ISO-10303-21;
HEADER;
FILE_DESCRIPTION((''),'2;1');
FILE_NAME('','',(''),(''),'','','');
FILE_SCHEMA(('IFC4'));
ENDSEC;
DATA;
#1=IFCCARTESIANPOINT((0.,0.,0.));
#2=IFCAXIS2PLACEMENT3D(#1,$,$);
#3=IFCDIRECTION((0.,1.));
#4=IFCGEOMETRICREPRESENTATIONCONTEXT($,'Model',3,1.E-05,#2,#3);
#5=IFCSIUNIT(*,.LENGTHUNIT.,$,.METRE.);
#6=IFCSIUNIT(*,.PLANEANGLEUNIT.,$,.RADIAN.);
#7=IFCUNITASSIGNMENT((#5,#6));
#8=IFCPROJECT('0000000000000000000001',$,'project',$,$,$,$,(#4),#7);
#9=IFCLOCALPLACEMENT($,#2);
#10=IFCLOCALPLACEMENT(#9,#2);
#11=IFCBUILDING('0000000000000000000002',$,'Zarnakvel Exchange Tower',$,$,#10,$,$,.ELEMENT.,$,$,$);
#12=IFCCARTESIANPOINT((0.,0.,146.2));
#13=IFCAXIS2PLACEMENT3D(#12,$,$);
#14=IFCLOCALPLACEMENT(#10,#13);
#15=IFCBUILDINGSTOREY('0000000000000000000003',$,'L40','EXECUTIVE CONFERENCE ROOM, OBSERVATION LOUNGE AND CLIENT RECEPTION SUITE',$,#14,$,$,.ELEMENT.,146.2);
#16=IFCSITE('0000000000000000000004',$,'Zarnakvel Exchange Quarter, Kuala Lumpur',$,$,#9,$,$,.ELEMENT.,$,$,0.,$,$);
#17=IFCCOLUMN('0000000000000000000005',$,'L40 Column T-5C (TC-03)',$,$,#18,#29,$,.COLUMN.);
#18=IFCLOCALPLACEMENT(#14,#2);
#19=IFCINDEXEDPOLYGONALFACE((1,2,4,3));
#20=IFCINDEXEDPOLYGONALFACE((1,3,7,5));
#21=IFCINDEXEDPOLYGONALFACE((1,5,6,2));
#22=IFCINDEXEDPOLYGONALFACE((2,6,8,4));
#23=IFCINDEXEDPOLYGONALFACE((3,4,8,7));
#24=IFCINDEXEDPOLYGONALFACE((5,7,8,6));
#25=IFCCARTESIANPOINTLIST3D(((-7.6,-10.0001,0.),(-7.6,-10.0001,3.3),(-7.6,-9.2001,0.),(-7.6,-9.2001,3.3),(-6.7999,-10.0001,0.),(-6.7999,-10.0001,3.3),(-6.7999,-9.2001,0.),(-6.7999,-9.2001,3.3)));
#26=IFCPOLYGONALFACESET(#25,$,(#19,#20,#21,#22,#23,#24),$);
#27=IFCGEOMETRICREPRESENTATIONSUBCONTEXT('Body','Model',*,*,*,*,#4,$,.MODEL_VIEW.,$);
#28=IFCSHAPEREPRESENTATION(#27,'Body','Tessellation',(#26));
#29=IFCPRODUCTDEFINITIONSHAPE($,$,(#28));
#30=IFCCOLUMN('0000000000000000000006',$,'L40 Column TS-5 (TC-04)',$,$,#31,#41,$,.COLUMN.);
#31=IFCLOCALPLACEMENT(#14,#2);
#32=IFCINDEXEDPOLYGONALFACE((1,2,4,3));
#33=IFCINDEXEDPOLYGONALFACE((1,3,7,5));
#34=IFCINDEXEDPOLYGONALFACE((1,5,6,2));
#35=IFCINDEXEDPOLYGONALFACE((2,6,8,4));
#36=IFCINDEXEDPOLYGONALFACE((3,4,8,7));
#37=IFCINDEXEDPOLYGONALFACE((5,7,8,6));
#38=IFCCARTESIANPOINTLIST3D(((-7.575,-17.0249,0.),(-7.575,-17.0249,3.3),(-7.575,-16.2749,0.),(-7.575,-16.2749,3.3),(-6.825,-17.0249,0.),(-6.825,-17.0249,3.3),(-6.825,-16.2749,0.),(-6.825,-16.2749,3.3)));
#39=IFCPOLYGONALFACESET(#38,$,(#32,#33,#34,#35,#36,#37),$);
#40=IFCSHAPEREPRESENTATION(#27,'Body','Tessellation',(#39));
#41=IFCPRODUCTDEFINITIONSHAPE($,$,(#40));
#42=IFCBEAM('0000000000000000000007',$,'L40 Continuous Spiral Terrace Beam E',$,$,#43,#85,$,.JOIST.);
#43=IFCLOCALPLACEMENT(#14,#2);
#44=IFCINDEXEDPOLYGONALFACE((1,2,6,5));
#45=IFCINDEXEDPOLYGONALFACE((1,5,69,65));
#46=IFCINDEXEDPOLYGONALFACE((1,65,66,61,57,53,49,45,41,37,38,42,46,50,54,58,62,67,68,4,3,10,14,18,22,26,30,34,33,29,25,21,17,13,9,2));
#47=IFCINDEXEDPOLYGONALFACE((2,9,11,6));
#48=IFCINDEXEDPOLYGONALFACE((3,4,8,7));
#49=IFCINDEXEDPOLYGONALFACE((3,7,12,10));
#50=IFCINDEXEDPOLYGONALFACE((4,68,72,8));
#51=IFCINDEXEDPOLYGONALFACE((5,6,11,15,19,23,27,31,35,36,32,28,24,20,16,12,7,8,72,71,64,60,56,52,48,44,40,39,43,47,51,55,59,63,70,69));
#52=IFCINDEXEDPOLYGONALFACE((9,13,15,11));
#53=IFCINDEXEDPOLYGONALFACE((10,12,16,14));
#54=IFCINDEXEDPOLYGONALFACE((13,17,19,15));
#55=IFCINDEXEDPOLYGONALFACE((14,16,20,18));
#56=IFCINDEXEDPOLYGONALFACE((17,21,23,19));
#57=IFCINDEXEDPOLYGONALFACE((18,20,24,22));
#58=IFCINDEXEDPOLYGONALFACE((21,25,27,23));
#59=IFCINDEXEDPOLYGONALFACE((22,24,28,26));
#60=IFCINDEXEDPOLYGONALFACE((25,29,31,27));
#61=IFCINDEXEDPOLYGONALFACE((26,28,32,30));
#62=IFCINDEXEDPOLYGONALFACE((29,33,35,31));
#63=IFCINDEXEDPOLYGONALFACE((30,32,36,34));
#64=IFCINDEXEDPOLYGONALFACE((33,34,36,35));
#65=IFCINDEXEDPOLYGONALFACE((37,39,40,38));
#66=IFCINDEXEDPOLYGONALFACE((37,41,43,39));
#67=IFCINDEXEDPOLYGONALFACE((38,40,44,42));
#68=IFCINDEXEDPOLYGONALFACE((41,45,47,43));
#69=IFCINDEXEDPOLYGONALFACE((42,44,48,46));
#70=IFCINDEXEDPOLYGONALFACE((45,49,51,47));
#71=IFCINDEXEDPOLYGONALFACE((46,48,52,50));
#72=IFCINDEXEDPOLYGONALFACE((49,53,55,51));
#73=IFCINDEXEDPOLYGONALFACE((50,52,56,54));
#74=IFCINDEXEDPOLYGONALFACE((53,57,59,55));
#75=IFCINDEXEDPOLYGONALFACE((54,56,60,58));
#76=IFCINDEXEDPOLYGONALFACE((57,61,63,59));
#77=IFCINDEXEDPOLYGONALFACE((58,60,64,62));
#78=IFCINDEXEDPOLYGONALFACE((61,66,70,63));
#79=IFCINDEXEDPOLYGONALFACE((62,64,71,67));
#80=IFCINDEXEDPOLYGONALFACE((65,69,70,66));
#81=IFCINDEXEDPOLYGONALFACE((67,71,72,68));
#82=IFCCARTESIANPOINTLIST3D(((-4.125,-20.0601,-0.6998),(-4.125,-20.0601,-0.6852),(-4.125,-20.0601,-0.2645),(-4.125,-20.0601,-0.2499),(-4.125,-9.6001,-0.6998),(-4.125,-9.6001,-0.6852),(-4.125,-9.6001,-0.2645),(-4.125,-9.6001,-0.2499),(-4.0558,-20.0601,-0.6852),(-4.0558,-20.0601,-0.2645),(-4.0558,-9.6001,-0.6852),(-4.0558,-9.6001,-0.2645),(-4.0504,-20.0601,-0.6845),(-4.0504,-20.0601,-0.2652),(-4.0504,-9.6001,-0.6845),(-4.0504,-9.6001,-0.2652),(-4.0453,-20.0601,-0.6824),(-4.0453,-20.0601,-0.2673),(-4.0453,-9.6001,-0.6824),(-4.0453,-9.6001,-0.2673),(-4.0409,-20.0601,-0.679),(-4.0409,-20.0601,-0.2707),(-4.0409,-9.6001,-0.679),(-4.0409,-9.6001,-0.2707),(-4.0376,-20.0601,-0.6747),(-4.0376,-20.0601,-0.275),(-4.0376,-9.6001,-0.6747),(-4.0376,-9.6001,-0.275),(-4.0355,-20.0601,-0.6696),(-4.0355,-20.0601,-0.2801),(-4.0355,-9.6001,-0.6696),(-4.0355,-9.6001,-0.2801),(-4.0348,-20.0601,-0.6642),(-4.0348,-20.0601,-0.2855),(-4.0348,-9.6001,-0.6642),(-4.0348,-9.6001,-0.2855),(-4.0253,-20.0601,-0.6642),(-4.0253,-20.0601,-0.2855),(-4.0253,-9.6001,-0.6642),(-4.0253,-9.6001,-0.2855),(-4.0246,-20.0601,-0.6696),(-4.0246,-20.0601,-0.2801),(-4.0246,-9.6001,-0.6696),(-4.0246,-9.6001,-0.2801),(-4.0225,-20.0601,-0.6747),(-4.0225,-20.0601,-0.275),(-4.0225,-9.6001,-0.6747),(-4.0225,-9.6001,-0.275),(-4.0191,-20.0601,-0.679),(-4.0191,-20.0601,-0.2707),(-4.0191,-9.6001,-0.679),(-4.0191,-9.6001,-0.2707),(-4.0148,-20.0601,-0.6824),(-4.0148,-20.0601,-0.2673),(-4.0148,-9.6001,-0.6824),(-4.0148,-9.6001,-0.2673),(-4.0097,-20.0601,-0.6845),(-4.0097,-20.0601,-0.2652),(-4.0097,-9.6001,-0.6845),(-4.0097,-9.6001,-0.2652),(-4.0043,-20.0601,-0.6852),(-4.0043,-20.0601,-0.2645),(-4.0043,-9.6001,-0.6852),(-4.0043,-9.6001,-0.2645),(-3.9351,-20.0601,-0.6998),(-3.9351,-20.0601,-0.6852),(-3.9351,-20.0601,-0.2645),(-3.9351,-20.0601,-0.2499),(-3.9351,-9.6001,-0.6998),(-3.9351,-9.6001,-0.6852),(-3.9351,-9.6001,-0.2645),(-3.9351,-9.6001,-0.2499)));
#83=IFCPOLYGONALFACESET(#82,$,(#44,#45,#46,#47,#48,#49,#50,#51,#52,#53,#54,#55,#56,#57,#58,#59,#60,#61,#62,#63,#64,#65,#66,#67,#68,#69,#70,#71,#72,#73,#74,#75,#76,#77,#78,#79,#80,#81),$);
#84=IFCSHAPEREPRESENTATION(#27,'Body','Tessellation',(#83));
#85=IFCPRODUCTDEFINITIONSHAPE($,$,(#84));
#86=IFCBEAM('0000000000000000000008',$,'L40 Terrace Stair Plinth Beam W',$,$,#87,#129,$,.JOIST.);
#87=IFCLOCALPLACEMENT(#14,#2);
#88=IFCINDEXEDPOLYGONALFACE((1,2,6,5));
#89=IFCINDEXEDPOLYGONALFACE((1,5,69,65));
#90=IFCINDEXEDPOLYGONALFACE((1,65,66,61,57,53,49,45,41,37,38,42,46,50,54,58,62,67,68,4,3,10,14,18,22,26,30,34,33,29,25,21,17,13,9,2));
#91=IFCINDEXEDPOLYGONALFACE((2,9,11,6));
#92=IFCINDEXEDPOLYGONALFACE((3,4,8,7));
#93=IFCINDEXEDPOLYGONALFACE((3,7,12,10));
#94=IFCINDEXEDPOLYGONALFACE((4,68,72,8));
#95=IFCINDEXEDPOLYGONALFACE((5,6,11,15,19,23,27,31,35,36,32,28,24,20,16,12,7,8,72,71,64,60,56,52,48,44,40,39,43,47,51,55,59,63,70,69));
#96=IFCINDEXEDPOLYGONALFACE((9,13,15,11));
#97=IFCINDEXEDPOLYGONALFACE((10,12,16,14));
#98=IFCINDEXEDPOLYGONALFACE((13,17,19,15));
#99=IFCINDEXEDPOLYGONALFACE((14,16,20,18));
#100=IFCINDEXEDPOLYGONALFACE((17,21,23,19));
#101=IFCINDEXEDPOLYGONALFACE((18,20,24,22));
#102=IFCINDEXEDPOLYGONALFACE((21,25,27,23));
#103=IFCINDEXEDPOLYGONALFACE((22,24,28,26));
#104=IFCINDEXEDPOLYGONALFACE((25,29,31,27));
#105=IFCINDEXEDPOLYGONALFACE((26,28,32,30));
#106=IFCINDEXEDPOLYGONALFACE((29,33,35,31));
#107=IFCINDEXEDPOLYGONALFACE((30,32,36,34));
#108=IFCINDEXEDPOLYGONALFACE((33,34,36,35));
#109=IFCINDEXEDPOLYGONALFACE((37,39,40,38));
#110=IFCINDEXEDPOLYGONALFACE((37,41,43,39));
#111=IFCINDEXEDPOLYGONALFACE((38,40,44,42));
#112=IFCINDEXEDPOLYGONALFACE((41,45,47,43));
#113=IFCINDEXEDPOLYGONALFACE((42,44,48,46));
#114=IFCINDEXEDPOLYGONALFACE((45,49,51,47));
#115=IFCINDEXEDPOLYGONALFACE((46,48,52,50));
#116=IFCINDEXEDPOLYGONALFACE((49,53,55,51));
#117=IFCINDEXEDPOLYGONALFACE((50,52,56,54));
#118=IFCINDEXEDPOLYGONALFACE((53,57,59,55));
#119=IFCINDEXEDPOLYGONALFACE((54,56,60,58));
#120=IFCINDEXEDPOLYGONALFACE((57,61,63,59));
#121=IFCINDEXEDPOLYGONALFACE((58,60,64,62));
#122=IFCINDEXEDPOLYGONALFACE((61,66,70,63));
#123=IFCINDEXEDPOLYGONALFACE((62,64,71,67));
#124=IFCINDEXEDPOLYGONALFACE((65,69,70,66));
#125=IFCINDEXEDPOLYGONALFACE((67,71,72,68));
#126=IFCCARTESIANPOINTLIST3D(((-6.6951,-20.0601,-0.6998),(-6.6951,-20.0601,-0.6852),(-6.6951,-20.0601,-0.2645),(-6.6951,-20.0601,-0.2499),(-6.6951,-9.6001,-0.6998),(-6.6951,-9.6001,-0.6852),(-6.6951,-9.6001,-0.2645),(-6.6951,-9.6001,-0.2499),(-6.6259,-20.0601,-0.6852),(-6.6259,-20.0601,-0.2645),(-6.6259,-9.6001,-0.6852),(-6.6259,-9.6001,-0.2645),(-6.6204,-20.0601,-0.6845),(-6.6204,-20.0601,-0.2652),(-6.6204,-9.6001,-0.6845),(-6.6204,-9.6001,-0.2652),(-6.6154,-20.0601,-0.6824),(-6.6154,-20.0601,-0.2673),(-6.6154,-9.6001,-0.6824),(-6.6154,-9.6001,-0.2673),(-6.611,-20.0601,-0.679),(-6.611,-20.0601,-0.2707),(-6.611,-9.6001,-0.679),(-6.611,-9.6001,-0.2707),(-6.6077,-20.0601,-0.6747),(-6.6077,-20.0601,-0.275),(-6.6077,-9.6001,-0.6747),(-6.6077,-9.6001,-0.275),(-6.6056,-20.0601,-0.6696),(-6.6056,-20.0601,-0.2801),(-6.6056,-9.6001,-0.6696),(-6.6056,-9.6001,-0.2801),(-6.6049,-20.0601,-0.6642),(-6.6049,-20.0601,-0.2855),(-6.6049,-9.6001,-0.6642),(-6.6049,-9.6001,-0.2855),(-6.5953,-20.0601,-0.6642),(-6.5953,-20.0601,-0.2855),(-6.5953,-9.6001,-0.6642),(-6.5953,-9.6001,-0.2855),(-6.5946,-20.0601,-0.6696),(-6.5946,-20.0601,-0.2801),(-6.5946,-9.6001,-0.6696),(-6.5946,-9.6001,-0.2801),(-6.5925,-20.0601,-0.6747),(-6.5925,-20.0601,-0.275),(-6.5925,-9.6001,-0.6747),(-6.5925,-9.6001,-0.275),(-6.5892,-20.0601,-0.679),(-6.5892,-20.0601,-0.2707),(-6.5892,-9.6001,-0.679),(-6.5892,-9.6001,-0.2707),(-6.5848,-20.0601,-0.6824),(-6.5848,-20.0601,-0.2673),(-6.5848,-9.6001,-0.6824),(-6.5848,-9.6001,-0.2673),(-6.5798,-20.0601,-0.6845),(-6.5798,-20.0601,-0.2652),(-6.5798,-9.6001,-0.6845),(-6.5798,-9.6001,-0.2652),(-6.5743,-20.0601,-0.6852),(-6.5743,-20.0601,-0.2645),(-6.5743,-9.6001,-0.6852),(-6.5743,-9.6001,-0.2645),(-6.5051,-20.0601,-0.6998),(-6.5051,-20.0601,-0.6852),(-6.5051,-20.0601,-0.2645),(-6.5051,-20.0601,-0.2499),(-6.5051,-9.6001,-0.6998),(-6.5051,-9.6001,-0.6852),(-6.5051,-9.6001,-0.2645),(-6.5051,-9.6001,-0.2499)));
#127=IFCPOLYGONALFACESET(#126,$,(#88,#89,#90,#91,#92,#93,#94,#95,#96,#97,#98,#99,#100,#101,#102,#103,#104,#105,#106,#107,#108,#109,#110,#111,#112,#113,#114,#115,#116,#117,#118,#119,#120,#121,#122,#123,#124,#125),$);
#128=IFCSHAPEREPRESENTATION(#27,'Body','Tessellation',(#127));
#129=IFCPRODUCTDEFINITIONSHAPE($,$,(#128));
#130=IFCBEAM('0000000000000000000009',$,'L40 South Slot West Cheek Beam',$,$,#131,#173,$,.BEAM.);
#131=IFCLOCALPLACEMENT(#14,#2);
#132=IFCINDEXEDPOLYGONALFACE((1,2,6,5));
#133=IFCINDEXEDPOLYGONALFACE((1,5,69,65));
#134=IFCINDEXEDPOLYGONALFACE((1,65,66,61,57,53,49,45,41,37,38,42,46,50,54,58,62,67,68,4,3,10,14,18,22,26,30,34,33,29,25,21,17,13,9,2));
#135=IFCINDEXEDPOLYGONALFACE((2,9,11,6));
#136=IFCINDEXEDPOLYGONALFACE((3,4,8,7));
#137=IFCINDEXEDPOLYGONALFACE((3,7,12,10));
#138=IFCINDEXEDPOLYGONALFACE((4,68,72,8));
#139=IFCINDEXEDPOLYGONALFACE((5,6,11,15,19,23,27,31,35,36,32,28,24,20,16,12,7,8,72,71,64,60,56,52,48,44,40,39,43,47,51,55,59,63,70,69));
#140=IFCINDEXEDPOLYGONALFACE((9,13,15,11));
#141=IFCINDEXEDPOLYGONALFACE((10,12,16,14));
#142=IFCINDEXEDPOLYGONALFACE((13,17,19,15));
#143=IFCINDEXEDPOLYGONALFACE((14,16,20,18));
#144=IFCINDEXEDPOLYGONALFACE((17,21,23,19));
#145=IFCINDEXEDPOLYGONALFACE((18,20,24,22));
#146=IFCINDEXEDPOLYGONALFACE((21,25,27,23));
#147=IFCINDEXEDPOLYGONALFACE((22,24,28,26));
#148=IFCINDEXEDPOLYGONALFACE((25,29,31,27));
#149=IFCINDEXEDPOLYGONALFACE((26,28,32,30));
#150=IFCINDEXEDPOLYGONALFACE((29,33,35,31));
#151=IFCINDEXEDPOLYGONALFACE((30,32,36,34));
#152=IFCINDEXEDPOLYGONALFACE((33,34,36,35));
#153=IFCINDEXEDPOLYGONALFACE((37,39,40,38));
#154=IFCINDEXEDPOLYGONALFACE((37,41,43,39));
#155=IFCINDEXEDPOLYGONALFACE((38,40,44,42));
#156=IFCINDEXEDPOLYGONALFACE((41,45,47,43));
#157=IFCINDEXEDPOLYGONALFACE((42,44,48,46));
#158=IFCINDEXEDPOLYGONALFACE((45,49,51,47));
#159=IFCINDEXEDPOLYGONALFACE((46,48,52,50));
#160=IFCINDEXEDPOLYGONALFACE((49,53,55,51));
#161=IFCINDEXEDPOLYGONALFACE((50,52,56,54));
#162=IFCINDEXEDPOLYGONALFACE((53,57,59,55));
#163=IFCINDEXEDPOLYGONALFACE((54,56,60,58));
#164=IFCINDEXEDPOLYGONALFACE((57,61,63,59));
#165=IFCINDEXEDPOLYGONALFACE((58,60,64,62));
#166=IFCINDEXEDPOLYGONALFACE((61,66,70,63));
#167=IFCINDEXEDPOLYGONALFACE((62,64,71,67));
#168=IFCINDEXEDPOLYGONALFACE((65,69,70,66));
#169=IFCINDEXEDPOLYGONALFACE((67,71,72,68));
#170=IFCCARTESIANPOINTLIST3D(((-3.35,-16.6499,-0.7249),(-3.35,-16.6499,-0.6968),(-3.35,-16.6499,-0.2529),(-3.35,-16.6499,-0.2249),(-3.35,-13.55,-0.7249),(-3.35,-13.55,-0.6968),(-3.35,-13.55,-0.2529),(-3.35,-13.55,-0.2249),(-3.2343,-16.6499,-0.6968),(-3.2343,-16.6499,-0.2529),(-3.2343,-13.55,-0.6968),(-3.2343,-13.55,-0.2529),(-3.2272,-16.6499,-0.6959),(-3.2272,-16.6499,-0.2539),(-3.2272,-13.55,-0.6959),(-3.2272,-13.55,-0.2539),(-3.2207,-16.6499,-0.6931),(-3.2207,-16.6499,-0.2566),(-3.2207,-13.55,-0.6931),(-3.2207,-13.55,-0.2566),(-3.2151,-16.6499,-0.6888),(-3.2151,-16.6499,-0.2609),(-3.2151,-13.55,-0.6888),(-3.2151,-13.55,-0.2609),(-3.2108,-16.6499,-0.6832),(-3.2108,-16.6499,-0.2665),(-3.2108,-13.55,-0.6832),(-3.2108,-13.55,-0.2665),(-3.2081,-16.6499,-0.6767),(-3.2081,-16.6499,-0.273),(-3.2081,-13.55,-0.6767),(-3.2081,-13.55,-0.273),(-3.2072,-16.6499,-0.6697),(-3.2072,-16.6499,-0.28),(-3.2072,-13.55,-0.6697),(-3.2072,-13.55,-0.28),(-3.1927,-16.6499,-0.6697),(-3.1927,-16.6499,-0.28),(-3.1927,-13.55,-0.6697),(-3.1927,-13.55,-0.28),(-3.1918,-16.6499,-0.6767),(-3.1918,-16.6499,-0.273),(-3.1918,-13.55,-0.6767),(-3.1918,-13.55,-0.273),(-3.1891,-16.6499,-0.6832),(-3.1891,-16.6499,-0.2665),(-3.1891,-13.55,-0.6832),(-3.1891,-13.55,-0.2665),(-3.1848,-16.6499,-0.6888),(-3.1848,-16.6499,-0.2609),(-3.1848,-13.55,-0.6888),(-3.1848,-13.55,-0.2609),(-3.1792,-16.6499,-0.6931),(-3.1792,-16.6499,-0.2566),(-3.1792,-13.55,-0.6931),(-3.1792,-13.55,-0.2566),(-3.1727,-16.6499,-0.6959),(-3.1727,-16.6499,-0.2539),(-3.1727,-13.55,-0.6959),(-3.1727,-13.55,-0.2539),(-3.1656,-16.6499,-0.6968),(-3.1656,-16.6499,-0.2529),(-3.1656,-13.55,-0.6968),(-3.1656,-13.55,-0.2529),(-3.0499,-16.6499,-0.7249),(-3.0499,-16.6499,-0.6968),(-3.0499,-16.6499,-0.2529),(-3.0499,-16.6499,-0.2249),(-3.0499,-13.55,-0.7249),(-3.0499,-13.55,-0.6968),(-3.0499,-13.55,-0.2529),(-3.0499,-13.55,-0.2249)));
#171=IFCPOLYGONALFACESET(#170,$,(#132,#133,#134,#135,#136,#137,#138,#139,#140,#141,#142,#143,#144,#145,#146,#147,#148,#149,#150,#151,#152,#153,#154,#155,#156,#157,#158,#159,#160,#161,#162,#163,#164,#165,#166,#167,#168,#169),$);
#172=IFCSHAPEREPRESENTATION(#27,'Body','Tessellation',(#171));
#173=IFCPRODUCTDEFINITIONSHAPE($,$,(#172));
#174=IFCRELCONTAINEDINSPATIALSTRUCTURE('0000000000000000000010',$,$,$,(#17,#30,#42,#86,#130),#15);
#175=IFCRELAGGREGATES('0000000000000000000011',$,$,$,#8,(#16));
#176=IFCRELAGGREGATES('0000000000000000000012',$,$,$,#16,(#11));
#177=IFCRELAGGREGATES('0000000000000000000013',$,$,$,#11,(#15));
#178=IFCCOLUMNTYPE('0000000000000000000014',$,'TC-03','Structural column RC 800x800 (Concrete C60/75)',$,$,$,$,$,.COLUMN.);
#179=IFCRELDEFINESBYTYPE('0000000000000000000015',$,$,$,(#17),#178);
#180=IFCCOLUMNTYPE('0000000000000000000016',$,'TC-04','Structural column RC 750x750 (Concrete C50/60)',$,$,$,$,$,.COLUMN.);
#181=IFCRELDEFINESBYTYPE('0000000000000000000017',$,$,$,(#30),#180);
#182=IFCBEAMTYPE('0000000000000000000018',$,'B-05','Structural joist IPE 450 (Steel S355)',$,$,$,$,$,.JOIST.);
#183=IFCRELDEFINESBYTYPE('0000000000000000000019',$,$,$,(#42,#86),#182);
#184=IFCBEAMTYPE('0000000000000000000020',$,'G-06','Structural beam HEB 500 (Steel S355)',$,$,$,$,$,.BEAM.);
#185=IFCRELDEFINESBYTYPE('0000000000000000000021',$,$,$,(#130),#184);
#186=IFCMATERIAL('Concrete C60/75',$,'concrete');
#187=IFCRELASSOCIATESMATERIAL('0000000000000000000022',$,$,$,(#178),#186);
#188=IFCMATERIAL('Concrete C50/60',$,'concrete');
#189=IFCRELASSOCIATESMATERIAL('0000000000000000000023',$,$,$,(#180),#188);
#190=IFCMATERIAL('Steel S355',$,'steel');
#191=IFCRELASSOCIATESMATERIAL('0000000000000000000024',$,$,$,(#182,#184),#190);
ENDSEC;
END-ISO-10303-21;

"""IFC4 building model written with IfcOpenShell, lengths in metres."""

from ifc_helpers import new_model, si_unit, direction, frame, origin, origin_2d, place, context, subcontext, project, spatial, rectangle, i_section, extrude, material, material_profile, profile_set, type_object, element, save


model = new_model("IFC4")

# Units and contexts
model_context = context("Model", 3, precision=1e-05, world=origin(), true_north=direction((0.0, 1.0)))
body_context = subcontext(model_context, "Body", "Model", "MODEL_VIEW")
ifc_project = project(units=[si_unit("LENGTHUNIT", "METRE"), si_unit("PLANEANGLEUNIT", "RADIAN")], contexts=[model_context])

# Site, building, storey
site_placement = place(None, origin())
site = spatial("IfcSite", under=ifc_project, at=site_placement, Name="Zarnakvel Exchange Quarter, Kuala Lumpur", CompositionType="ELEMENT", RefElevation=0.0)
building_placement = place(site_placement, origin())
building = spatial("IfcBuilding", under=site, at=building_placement, Name="Zarnakvel Exchange Tower", CompositionType="ELEMENT")
storey_placement = place(building_placement, frame((0.0, 0.0, 146.2)))
storey = spatial("IfcBuildingStorey", under=building, at=storey_placement, Name="L40", Description="EXECUTIVE CONFERENCE ROOM, OBSERVATION LOUNGE AND CLIENT RECEPTION SUITE", CompositionType="ELEMENT", Elevation=146.2)

# Columns
ifc_material_1 = material(Name="Concrete C60/75", Category="concrete")
ifc_material_profile_1 = material_profile(ifc_material_1, rectangle(XDim=0.8, YDim=0.8, at=origin_2d()))
ifc_profile_set_1 = profile_set([ifc_material_profile_1], Name="Concrete C60/75")
column_type_1 = type_object("IfcColumnType", Name="TC-03", Description="Structural column RC 800x800 (Concrete C60/75)", PredefinedType="COLUMN", material=ifc_profile_set_1)
column_1_placement = place(storey_placement, frame((-7.2, -9.6001, 0.0), z_axis=(0.0, 0.0, 1.0), x_axis=(1.0, 0.0, 0.0)))
element("IfcColumn", 1, at=column_1_placement, inside=storey, type_object=column_type_1, Name="L40 Column T-5C (TC-03)", PredefinedType="COLUMN", context=body_context, shape_type="SweptSolid", body=[
    extrude(rectangle(XDim=0.8, YDim=0.8, at=origin_2d()), origin(), (0.0, 0.0, 1.0), 3.3),
])
ifc_material_2 = material(Name="Concrete C50/60", Category="concrete")
ifc_material_profile_2 = material_profile(ifc_material_2, rectangle(XDim=0.75, YDim=0.75, at=origin_2d()))
ifc_profile_set_2 = profile_set([ifc_material_profile_2], Name="Concrete C50/60")
column_type_2 = type_object("IfcColumnType", Name="TC-04", Description="Structural column RC 750x750 (Concrete C50/60)", PredefinedType="COLUMN", material=ifc_profile_set_2)
column_2_placement = place(storey_placement, frame((-7.2, -16.6499, 0.0), z_axis=(0.0, 0.0, 1.0), x_axis=(1.0, 0.0, 0.0)))
element("IfcColumn", 2, at=column_2_placement, inside=storey, type_object=column_type_2, Name="L40 Column TS-5 (TC-04)", PredefinedType="COLUMN", context=body_context, shape_type="SweptSolid", body=[
    extrude(rectangle(XDim=0.75, YDim=0.75, at=origin_2d()), origin(), (0.0, 0.0, 1.0), 3.3),
])

# Beams
ifc_material_3 = material(Name="Steel S355", Category="steel")
ifc_material_profile_3 = material_profile(ifc_material_3, i_section(OverallWidth=0.1899, OverallDepth=0.45, WebThickness=0.0095, FlangeThickness=0.0146, FilletRadius=0.021, at=origin_2d()))
ifc_profile_set_3 = profile_set([ifc_material_profile_3], Name="Steel S355")
beam_type_1 = type_object("IfcBeamType", Name="B-05", Description="Structural joist IPE 450 (Steel S355)", PredefinedType="JOIST", material=ifc_profile_set_3)
for number, where, z_axis, x_axis, name in (
    (3, (-4.03, -9.6001, -0.4749), (0.0, -1.0, 0.0), (1.0, 0.0, 0.0), "L40 Continuous Spiral Terrace Beam E"),
    (4, (-6.6001, -9.6001, -0.4749), (0.0, -1.0, 0.0), (1.0, 0.0, 0.0), "L40 Terrace Stair Plinth Beam W"),
):
    element("IfcBeam", number, at=place(storey_placement, frame(where, z_axis=z_axis, x_axis=x_axis)), inside=storey, type_object=beam_type_1, Name=name, PredefinedType="JOIST", context=body_context, shape_type="SweptSolid", body=[
        extrude(i_section(OverallWidth=0.1899, OverallDepth=0.45, WebThickness=0.0095, FlangeThickness=0.0146, FilletRadius=0.021, at=origin_2d()), origin(), (0.0, 0.0, 1.0), 10.46),
    ])
ifc_material_profile_4 = material_profile(ifc_material_3, i_section(OverallWidth=0.3, OverallDepth=0.5, WebThickness=0.0144, FlangeThickness=0.0281, FilletRadius=0.0271, at=origin_2d()))
ifc_profile_set_4 = profile_set([ifc_material_profile_4], Name="Steel S355")
beam_type_2 = type_object("IfcBeamType", Name="G-06", Description="Structural beam HEB 500 (Steel S355)", PredefinedType="BEAM", material=ifc_profile_set_4)
beam_1_placement = place(storey_placement, frame((-3.2, -16.6499, -0.4749), z_axis=(0.0, 1.0, 0.0), x_axis=(-1.0, 0.0, 0.0)))
element("IfcBeam", 5, at=beam_1_placement, inside=storey, type_object=beam_type_2, Name="L40 South Slot West Cheek Beam", PredefinedType="BEAM", context=body_context, shape_type="SweptSolid", body=[
    extrude(i_section(OverallWidth=0.3, OverallDepth=0.5, WebThickness=0.0144, FlangeThickness=0.0281, FilletRadius=0.0271, at=origin_2d()), origin(), (0.0, 0.0, 1.0), 3.0999),
])

save(model, "model.ifc")
